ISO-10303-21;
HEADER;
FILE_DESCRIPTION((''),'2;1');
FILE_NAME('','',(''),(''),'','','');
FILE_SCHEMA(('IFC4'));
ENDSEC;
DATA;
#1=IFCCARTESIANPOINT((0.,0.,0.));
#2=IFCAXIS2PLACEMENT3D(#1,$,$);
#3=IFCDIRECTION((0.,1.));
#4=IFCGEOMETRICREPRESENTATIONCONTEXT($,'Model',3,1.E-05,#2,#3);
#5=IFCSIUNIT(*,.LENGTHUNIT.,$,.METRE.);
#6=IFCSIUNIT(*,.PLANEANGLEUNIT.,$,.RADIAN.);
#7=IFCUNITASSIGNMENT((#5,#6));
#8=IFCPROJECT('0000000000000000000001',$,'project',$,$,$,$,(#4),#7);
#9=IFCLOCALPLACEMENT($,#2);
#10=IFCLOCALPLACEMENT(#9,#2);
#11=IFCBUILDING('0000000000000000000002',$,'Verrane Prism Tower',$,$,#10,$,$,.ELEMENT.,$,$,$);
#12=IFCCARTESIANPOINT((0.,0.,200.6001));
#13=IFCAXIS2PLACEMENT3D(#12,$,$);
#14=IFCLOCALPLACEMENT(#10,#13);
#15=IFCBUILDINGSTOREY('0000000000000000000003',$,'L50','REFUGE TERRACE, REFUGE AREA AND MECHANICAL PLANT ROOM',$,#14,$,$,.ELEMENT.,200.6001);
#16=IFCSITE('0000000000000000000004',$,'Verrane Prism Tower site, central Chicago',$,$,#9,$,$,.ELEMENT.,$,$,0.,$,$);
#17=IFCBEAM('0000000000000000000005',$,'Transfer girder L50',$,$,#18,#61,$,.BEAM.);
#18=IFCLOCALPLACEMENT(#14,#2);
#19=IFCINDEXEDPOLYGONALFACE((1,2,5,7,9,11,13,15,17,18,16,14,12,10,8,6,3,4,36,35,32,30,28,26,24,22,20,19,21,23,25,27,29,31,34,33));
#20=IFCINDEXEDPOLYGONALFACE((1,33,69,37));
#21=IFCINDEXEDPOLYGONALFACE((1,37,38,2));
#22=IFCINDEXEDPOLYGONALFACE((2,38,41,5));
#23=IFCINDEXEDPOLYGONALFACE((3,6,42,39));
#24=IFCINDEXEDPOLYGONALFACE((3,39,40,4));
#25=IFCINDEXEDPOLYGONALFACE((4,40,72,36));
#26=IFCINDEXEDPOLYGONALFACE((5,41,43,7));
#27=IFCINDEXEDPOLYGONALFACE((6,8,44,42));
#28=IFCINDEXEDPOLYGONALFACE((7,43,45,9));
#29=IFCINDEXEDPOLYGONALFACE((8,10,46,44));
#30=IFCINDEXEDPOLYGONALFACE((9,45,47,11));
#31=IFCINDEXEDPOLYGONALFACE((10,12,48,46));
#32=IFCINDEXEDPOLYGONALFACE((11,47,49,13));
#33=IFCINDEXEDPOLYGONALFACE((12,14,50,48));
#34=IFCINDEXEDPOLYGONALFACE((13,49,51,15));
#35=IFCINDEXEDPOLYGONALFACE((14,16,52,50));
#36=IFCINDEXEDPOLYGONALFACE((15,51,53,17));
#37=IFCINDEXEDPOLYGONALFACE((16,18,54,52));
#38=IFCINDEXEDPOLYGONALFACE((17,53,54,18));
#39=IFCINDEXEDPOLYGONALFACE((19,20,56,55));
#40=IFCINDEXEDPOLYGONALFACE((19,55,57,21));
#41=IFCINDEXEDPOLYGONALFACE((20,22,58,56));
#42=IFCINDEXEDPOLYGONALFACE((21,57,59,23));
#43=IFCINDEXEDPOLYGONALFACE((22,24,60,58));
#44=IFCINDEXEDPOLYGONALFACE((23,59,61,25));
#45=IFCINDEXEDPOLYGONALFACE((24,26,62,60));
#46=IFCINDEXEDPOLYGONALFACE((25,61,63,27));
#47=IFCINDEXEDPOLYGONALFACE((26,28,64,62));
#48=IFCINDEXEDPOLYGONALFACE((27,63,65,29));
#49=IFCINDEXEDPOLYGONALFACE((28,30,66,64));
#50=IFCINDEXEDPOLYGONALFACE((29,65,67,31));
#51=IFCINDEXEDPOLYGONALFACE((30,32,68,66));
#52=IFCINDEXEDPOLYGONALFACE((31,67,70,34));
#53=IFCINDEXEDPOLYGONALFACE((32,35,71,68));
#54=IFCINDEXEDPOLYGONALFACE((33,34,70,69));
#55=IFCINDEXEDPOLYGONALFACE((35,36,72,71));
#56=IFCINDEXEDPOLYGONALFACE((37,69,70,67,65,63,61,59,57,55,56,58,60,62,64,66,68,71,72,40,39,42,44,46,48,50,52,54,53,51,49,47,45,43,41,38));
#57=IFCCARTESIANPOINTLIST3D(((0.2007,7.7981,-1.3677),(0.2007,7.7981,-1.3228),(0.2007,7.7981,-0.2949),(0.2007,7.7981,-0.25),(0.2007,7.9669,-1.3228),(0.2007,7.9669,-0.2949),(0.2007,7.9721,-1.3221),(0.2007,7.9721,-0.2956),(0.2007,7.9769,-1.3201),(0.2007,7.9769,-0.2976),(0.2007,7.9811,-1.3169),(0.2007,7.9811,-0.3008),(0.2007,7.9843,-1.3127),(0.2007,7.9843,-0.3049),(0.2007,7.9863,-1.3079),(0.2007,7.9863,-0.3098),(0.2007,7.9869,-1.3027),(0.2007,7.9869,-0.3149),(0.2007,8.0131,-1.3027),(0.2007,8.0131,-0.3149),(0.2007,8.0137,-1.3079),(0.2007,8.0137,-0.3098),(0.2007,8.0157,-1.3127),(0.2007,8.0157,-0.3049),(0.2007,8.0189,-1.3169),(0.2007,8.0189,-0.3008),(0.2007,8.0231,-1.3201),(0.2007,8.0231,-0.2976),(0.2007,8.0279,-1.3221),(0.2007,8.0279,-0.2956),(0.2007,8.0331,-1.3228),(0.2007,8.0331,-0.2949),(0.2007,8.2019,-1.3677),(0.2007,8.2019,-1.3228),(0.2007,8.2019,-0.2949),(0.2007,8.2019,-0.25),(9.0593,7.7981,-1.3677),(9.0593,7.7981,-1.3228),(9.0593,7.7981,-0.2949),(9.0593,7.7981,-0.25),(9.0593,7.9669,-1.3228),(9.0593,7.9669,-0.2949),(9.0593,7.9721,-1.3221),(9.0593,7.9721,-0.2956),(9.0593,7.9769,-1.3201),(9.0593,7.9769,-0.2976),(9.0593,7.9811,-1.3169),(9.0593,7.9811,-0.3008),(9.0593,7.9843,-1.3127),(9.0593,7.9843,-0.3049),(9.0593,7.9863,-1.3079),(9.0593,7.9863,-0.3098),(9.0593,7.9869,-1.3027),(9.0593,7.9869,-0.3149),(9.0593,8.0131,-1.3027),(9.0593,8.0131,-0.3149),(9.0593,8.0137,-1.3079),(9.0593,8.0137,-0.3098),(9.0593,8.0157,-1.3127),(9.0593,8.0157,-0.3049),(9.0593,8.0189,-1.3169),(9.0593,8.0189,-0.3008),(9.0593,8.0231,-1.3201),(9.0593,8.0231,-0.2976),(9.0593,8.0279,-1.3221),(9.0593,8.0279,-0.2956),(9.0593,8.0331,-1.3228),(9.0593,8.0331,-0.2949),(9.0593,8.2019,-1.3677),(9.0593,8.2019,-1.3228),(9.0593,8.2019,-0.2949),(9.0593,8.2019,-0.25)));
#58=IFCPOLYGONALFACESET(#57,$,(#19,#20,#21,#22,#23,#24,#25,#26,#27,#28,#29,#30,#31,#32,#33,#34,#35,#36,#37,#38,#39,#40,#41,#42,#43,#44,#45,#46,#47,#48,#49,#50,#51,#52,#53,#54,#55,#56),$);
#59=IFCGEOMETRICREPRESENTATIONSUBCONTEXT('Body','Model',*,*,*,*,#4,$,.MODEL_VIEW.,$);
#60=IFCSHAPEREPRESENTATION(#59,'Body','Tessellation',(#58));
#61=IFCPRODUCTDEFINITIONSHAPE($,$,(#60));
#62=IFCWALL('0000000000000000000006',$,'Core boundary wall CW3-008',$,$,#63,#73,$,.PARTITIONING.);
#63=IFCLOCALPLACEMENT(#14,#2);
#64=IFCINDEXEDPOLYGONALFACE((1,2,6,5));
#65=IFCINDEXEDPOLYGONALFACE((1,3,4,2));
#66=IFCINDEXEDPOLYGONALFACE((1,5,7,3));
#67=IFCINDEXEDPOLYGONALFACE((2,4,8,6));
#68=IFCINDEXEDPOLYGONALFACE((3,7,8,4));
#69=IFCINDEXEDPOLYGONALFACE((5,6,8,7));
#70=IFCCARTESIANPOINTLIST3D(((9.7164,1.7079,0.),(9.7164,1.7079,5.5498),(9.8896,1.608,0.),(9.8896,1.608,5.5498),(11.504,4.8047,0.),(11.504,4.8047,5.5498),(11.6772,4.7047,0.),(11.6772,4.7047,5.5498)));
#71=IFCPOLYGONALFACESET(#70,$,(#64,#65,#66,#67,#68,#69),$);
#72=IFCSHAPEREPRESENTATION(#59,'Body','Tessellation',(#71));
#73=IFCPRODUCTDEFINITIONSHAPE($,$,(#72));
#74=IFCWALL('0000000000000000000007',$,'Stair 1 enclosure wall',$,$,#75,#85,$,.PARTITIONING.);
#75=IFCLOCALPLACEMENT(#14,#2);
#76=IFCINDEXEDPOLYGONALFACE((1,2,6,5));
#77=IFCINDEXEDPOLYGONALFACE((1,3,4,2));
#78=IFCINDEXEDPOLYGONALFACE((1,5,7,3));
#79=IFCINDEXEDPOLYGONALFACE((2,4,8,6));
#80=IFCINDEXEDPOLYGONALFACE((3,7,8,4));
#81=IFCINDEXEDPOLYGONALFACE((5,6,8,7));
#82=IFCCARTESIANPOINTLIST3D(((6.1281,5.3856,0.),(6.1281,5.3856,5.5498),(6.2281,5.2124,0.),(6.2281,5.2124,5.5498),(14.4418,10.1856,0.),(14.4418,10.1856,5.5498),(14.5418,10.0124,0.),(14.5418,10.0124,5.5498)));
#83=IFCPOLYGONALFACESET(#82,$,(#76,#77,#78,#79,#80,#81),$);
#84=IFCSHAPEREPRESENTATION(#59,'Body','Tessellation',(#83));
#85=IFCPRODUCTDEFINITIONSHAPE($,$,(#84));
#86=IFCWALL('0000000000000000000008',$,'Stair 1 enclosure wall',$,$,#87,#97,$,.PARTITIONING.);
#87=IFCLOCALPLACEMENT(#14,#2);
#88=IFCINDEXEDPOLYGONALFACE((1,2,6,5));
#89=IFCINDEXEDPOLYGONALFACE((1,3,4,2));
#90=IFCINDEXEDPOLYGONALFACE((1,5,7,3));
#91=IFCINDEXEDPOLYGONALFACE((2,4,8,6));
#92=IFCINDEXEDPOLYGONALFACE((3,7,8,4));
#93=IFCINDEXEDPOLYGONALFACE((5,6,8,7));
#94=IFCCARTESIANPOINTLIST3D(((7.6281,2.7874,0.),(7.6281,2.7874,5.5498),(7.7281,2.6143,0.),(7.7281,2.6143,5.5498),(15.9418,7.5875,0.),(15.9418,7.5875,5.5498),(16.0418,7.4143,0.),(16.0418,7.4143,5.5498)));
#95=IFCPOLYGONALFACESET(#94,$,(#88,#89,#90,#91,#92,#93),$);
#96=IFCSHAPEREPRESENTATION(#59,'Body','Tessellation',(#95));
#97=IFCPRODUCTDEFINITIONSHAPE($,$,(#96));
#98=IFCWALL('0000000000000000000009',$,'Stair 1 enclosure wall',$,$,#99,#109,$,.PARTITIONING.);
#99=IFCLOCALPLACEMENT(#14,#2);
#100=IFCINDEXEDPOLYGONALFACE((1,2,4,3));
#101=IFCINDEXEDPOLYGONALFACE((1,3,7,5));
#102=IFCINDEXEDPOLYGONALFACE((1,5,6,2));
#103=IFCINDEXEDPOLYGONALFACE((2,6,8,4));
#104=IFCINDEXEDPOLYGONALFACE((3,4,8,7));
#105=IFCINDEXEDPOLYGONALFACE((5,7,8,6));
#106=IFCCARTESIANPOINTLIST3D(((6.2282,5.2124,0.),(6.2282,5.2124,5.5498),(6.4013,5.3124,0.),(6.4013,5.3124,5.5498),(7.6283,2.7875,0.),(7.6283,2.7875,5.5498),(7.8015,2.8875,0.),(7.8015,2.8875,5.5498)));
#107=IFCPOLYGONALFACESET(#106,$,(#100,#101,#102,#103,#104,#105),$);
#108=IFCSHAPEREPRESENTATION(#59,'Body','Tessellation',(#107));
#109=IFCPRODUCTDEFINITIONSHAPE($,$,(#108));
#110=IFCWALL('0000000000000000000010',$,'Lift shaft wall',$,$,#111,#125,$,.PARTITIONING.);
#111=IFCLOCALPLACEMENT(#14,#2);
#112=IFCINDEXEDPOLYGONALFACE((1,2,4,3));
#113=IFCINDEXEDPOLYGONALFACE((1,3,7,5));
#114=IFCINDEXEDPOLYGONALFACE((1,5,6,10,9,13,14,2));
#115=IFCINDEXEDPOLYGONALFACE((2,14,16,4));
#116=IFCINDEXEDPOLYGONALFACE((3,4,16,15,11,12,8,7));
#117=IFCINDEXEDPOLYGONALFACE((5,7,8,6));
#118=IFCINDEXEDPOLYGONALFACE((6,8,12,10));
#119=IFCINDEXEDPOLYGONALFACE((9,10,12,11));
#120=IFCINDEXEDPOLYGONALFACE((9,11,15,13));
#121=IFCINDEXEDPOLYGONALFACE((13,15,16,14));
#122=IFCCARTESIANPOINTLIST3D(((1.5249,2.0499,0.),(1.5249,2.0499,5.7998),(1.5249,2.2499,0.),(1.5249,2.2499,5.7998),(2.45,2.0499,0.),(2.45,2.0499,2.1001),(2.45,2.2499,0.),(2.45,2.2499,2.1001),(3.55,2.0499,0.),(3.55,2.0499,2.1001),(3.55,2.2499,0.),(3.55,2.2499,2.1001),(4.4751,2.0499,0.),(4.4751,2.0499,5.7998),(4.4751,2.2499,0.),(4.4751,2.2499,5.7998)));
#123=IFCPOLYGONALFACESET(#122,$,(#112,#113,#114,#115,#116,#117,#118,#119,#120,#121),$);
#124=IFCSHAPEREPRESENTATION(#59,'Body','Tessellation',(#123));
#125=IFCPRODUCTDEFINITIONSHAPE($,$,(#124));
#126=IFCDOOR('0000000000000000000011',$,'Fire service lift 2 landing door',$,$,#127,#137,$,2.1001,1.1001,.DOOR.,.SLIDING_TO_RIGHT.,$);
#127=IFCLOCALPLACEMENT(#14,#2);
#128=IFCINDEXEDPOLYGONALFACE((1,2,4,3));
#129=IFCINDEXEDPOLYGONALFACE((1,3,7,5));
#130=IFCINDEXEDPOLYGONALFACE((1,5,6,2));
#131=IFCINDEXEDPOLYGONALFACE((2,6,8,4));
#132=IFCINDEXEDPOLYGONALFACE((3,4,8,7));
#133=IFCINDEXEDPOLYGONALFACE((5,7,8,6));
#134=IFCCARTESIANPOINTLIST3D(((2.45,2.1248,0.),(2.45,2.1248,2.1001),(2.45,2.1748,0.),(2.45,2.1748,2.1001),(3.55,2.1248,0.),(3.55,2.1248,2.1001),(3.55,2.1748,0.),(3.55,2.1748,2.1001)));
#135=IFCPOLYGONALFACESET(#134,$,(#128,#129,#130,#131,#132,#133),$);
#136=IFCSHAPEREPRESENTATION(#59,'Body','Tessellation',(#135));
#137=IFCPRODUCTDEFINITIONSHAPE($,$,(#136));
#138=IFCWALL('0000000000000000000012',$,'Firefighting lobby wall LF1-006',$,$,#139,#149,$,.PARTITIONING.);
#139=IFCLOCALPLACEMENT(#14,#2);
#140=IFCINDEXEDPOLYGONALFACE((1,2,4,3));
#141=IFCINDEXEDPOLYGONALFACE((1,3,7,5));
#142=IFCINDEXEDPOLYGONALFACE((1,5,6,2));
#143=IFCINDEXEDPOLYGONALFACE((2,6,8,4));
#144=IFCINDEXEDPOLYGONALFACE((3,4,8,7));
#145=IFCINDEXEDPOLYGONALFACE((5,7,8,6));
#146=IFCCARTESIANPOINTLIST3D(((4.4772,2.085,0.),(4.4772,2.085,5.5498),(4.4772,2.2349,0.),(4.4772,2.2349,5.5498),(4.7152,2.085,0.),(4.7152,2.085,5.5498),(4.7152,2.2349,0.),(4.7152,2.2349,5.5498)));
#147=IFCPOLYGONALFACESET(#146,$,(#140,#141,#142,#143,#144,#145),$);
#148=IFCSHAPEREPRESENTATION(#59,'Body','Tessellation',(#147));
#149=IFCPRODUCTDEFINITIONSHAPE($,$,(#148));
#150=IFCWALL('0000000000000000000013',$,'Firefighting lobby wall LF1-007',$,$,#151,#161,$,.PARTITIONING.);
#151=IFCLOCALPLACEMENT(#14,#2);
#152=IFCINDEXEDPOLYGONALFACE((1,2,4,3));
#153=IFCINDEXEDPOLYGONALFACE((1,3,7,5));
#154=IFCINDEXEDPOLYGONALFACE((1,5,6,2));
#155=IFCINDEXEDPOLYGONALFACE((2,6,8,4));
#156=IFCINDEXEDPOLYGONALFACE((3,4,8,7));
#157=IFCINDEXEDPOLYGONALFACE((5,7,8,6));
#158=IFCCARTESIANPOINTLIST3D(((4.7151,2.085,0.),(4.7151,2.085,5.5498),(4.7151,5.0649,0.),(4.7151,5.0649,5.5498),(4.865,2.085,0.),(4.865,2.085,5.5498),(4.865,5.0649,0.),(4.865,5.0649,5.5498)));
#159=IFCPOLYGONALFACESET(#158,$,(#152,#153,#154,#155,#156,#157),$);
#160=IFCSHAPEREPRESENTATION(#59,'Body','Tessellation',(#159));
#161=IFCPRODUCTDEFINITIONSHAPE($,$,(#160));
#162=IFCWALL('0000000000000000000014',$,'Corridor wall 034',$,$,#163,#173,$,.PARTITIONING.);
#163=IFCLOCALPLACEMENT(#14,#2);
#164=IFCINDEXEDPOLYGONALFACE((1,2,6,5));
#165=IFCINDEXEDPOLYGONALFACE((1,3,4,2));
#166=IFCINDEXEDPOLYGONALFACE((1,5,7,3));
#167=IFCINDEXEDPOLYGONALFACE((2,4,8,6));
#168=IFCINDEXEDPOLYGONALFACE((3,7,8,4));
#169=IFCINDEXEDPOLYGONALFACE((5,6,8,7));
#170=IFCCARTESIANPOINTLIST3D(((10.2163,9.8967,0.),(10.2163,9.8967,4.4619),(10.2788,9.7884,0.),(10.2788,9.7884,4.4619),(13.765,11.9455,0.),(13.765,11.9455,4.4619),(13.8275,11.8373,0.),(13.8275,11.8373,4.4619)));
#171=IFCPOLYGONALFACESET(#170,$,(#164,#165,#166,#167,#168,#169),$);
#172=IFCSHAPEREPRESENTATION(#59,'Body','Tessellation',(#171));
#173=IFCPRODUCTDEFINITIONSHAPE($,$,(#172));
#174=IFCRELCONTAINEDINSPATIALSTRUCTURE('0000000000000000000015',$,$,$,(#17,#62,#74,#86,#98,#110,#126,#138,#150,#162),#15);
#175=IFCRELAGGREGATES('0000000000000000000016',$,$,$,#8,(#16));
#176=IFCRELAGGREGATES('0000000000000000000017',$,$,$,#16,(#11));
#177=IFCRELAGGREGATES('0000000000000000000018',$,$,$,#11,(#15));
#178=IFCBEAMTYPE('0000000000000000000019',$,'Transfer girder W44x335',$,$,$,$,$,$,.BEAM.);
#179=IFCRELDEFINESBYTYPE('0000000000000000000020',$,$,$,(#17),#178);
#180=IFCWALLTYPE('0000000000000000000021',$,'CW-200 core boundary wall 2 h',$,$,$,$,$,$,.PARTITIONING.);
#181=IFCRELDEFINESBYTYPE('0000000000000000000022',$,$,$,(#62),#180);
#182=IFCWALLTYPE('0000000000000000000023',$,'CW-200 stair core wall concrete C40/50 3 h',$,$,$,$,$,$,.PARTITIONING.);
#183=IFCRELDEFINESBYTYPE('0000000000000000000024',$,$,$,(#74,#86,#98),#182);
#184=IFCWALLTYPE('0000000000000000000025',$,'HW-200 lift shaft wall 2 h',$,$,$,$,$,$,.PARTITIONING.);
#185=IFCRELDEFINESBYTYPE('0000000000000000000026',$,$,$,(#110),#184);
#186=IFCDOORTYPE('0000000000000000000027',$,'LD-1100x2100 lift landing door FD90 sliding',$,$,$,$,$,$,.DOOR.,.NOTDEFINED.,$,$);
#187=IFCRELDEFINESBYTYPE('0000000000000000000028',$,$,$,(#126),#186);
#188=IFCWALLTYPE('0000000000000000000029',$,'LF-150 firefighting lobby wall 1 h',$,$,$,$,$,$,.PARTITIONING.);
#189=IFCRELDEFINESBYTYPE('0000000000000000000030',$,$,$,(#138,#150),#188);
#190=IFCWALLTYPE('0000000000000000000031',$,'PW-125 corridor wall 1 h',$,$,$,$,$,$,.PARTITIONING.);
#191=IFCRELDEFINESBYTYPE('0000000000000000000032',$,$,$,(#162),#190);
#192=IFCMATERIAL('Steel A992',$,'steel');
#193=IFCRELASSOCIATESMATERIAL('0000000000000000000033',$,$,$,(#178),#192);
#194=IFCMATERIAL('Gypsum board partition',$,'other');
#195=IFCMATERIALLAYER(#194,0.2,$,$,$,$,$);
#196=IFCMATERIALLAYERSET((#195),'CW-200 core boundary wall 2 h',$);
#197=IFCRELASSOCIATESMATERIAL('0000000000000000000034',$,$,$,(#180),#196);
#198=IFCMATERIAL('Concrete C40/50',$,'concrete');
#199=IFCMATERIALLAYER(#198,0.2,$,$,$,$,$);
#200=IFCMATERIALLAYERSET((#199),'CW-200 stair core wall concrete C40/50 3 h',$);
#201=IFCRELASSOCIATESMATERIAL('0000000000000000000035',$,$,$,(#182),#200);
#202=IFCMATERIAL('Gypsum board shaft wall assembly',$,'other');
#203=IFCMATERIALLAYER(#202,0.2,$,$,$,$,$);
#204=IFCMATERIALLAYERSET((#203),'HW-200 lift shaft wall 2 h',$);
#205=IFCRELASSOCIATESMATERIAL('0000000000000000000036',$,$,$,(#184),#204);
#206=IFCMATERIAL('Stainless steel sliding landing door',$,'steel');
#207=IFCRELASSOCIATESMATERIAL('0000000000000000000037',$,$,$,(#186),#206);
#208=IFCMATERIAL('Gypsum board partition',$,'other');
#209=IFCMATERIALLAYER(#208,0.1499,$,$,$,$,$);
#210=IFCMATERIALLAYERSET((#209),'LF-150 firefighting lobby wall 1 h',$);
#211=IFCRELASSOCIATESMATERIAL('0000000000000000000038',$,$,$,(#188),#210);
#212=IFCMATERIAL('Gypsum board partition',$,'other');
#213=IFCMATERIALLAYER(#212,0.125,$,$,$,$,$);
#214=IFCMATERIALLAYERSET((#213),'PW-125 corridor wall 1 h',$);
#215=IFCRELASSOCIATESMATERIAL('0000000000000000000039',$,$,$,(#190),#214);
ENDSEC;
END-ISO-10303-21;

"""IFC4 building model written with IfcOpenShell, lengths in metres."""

from ifc_helpers import new_model, si_unit, direction, frame, frame_2d, origin, origin_2d, place, context, subcontext, project, spatial, rectangle, i_section, extrude, material, layer, layer_set, material_profile, profile_set, type_object, element, fill, save


model = new_model("IFC4")

# Units and contexts
model_context = context("Model", 3, precision=1e-05, world=origin(), true_north=direction((0.0, 1.0)))
body_context = subcontext(model_context, "Body", "Model", "MODEL_VIEW")
ifc_project = project(units=[si_unit("LENGTHUNIT", "METRE"), si_unit("PLANEANGLEUNIT", "RADIAN")], contexts=[model_context])

# Site, building, storey
site_placement = place(None, origin())
site = spatial("IfcSite", under=ifc_project, at=site_placement, Name="Verrane Prism Tower site, central Chicago", CompositionType="ELEMENT", RefElevation=0.0)
building_placement = place(site_placement, origin())
building = spatial("IfcBuilding", under=site, at=building_placement, Name="Verrane Prism Tower", CompositionType="ELEMENT")
storey_placement = place(building_placement, frame((0.0, 0.0, 200.6001)))
storey = spatial("IfcBuildingStorey", under=building, at=storey_placement, Name="L50", Description="REFUGE TERRACE, REFUGE AREA AND MECHANICAL PLANT ROOM", CompositionType="ELEMENT", Elevation=200.6001)

# Beam
ifc_material_1 = material(Name="Steel A992", Category="steel")
ifc_material_profile_1 = material_profile(ifc_material_1, i_section(OverallWidth=0.4038, OverallDepth=1.1177, WebThickness=0.0261, FlangeThickness=0.0449, FilletRadius=0.02, at=origin_2d()), Name="W44x335")
ifc_profile_set_1 = profile_set([ifc_material_profile_1], Name="Steel A992")
beam_type_1 = type_object("IfcBeamType", Name="Transfer girder W44x335", PredefinedType="BEAM", material=ifc_profile_set_1)
beam_1_placement = place(storey_placement, frame((9.0593, 8.0, -0.8088), z_axis=(-1.0, 0.0, 0.0), x_axis=(0.0, -1.0, 0.0)))
element("IfcBeam", 1, at=beam_1_placement, inside=storey, type_object=beam_type_1, Name="Transfer girder L50", PredefinedType="BEAM", context=body_context, shape_type="SweptSolid", body=[
    extrude(i_section(OverallWidth=0.4038, OverallDepth=1.1177, WebThickness=0.0261, FlangeThickness=0.0449, FilletRadius=0.02, at=origin_2d()), origin(), (0.0, 0.0, 1.0), 8.8586),
])

# Walls
ifc_material_2 = material(Name="Gypsum board partition", Category="other")
ifc_layer_1 = layer(ifc_material_2, 0.2)
ifc_layer_set_1 = layer_set([ifc_layer_1], Name="CW-200 core boundary wall 2 h")
wall_type_1 = type_object("IfcWallType", Name="CW-200 core boundary wall 2 h", PredefinedType="PARTITIONING", material=ifc_layer_set_1)
wall_1_placement = place(storey_placement, frame((9.803, 1.658, 0.0), z_axis=(0.0, 0.0, 1.0), x_axis=(0.499943, 0.866058, 0.0)))
element("IfcWall", 2, at=wall_1_placement, inside=storey, type_object=wall_type_1, Name="Core boundary wall CW3-008", PredefinedType="PARTITIONING", context=body_context, shape_type="SweptSolid", body=[
    extrude(rectangle(XDim=3.5757, YDim=0.2, at=frame_2d((1.7878, 0.0))), origin(), (0.0, 0.0, 1.0), 5.5498),
])
ifc_material_3 = material(Name="Concrete C40/50", Category="concrete")
ifc_layer_2 = layer(ifc_material_3, 0.2)
ifc_layer_set_2 = layer_set([ifc_layer_2], Name="CW-200 stair core wall concrete C40/50 3 h")
wall_type_2 = type_object("IfcWallType", Name="CW-200 stair core wall concrete C40/50 3 h", PredefinedType="PARTITIONING", material=ifc_layer_set_2)
for number, where, z_axis, x_axis, name in (
    (3, (6.1782, 5.2991, 0.0), (0.0, 0.0, 1.0), (0.86602, 0.500009, 0.0), "Stair 1 enclosure wall"),
    (4, (7.6782, 2.7009, 0.0), (0.0, 0.0, 1.0), (0.86602, 0.500009, 0.0), "Stair 1 enclosure wall"),
):
    element("IfcWall", number, at=place(storey_placement, frame(where, z_axis=z_axis, x_axis=x_axis)), inside=storey, type_object=wall_type_2, Name=name, PredefinedType="PARTITIONING", context=body_context, shape_type="SweptSolid", body=[
        extrude(rectangle(XDim=9.5999, YDim=0.2, at=frame_2d((4.7998, 0.0))), origin(), (0.0, 0.0, 1.0), 5.5498),
    ])
wall_2_placement = place(storey_placement, frame((7.7148, 2.8376, 0.0), z_axis=(0.0, 0.0, 1.0), x_axis=(-0.50005, 0.865997, 0.0)))
element("IfcWall", 5, at=wall_2_placement, inside=storey, type_object=wall_type_2, Name="Stair 1 enclosure wall", PredefinedType="PARTITIONING", context=body_context, shape_type="SweptSolid", body=[
    extrude(rectangle(XDim=2.8, YDim=0.2, at=frame_2d((1.3999, 0.0))), origin(), (0.0, 0.0, 1.0), 5.5498),
])

# Wall, opening, door
ifc_material_4 = material(Name="Gypsum board shaft wall assembly", Category="other")
ifc_layer_3 = layer(ifc_material_4, 0.2)
ifc_layer_set_3 = layer_set([ifc_layer_3], Name="HW-200 lift shaft wall 2 h")
wall_type_3 = type_object("IfcWallType", Name="HW-200 lift shaft wall 2 h", PredefinedType="PARTITIONING", material=ifc_layer_set_3)
wall_3_placement = place(storey_placement, frame((1.5249, 2.1499, 0.0), z_axis=(0.0, 0.0, 1.0), x_axis=(1.0, 0.0, 0.0)))
wall_3 = element("IfcWall", 6, at=wall_3_placement, inside=storey, type_object=wall_type_3, Name="Lift shaft wall", PredefinedType="PARTITIONING", context=body_context, shape_type="SweptSolid", body=[
    extrude(rectangle(XDim=2.9502, YDim=0.2, at=frame_2d((1.4751, 0.0))), origin(), (0.0, 0.0, 1.0), 5.7998),
])
opening_1_placement = place(wall_3_placement, frame((0.925, 0.0, 0.0)))
opening_1 = element("IfcOpeningElement", 7, at=opening_1_placement, cuts=wall_3, PredefinedType="OPENING", context=body_context, shape_type="SweptSolid", body=[
    extrude(rectangle(XDim=1.1001, YDim=2.1001, at=frame_2d((0.55, 1.05))), frame((0.0, 0.1099, 0.0), z_axis=(0.0, -1.0, 0.0), x_axis=(1.0, 0.0, 0.0)), (0.0, 0.0, 1.0), 0.22),
])
ifc_material_5 = material(Name="Stainless steel sliding landing door", Category="steel")
door_type_1 = type_object("IfcDoorType", Name="LD-1100x2100 lift landing door FD90 sliding", OperationType="NOTDEFINED", PredefinedType="DOOR", material=ifc_material_5)
door_1_placement = place(opening_1_placement, origin())
door_1 = element("IfcDoor", 8, at=door_1_placement, inside=storey, type_object=door_type_1, Name="Fire service lift 2 landing door", OperationType="SLIDING_TO_RIGHT", OverallHeight=2.1001, OverallWidth=1.1001, PredefinedType="DOOR", context=body_context, shape_type="SweptSolid", body=[
    extrude(rectangle(XDim=1.1001, YDim=2.1001, at=frame_2d((0.55, 1.05))), frame((0.0, 0.0249, 0.0), z_axis=(0.0, -1.0, 0.0), x_axis=(1.0, 0.0, 0.0)), (0.0, 0.0, 1.0), 0.05),
])
fill(opening_1, door_1)

# Walls
ifc_material_6 = material(Name="Gypsum board partition", Category="other")
ifc_layer_4 = layer(ifc_material_6, 0.1499)
ifc_layer_set_4 = layer_set([ifc_layer_4], Name="LF-150 firefighting lobby wall 1 h")
wall_type_4 = type_object("IfcWallType", Name="LF-150 firefighting lobby wall 1 h", PredefinedType="PARTITIONING", material=ifc_layer_set_4)
wall_4_placement = place(storey_placement, frame((4.4771, 2.1599, 0.0), z_axis=(0.0, 0.0, 1.0), x_axis=(1.0, 0.0, 0.0)))
element("IfcWall", 9, at=wall_4_placement, inside=storey, type_object=wall_type_4, Name="Firefighting lobby wall LF1-006", PredefinedType="PARTITIONING", context=body_context, shape_type="SweptSolid", body=[
    extrude(rectangle(XDim=0.238, YDim=0.1499, at=frame_2d((0.1191, 0.0))), origin(), (0.0, 0.0, 1.0), 5.5498),
])
wall_5_placement = place(storey_placement, frame((4.79, 2.085, 0.0), z_axis=(0.0, 0.0, 1.0), x_axis=(0.0, 1.0, 0.0)))
element("IfcWall", 10, at=wall_5_placement, inside=storey, type_object=wall_type_4, Name="Firefighting lobby wall LF1-007", PredefinedType="PARTITIONING", context=body_context, shape_type="SweptSolid", body=[
    extrude(rectangle(XDim=2.98, YDim=0.1499, at=frame_2d((1.49, 0.0))), origin(), (0.0, 0.0, 1.0), 5.5498),
])
ifc_material_7 = material(Name="Gypsum board partition", Category="other")
ifc_layer_5 = layer(ifc_material_7, 0.125)
ifc_layer_set_5 = layer_set([ifc_layer_5], Name="PW-125 corridor wall 1 h")
wall_type_5 = type_object("IfcWallType", Name="PW-125 corridor wall 1 h", PredefinedType="PARTITIONING", material=ifc_layer_set_5)
wall_6_placement = place(storey_placement, frame((10.2476, 9.8425, 0.0), z_axis=(0.0, 0.0, 1.0), x_axis=(0.86602, 0.50001, 0.0)))
element("IfcWall", 11, at=wall_6_placement, inside=storey, type_object=wall_type_5, Name="Corridor wall 034", PredefinedType="PARTITIONING", context=body_context, shape_type="SweptSolid", body=[
    extrude(rectangle(XDim=4.0977, YDim=0.125, at=frame_2d((2.0488, 0.0))), origin(), (0.0, 0.0, 1.0), 4.4619),
])

save(model, "model.ifc")
